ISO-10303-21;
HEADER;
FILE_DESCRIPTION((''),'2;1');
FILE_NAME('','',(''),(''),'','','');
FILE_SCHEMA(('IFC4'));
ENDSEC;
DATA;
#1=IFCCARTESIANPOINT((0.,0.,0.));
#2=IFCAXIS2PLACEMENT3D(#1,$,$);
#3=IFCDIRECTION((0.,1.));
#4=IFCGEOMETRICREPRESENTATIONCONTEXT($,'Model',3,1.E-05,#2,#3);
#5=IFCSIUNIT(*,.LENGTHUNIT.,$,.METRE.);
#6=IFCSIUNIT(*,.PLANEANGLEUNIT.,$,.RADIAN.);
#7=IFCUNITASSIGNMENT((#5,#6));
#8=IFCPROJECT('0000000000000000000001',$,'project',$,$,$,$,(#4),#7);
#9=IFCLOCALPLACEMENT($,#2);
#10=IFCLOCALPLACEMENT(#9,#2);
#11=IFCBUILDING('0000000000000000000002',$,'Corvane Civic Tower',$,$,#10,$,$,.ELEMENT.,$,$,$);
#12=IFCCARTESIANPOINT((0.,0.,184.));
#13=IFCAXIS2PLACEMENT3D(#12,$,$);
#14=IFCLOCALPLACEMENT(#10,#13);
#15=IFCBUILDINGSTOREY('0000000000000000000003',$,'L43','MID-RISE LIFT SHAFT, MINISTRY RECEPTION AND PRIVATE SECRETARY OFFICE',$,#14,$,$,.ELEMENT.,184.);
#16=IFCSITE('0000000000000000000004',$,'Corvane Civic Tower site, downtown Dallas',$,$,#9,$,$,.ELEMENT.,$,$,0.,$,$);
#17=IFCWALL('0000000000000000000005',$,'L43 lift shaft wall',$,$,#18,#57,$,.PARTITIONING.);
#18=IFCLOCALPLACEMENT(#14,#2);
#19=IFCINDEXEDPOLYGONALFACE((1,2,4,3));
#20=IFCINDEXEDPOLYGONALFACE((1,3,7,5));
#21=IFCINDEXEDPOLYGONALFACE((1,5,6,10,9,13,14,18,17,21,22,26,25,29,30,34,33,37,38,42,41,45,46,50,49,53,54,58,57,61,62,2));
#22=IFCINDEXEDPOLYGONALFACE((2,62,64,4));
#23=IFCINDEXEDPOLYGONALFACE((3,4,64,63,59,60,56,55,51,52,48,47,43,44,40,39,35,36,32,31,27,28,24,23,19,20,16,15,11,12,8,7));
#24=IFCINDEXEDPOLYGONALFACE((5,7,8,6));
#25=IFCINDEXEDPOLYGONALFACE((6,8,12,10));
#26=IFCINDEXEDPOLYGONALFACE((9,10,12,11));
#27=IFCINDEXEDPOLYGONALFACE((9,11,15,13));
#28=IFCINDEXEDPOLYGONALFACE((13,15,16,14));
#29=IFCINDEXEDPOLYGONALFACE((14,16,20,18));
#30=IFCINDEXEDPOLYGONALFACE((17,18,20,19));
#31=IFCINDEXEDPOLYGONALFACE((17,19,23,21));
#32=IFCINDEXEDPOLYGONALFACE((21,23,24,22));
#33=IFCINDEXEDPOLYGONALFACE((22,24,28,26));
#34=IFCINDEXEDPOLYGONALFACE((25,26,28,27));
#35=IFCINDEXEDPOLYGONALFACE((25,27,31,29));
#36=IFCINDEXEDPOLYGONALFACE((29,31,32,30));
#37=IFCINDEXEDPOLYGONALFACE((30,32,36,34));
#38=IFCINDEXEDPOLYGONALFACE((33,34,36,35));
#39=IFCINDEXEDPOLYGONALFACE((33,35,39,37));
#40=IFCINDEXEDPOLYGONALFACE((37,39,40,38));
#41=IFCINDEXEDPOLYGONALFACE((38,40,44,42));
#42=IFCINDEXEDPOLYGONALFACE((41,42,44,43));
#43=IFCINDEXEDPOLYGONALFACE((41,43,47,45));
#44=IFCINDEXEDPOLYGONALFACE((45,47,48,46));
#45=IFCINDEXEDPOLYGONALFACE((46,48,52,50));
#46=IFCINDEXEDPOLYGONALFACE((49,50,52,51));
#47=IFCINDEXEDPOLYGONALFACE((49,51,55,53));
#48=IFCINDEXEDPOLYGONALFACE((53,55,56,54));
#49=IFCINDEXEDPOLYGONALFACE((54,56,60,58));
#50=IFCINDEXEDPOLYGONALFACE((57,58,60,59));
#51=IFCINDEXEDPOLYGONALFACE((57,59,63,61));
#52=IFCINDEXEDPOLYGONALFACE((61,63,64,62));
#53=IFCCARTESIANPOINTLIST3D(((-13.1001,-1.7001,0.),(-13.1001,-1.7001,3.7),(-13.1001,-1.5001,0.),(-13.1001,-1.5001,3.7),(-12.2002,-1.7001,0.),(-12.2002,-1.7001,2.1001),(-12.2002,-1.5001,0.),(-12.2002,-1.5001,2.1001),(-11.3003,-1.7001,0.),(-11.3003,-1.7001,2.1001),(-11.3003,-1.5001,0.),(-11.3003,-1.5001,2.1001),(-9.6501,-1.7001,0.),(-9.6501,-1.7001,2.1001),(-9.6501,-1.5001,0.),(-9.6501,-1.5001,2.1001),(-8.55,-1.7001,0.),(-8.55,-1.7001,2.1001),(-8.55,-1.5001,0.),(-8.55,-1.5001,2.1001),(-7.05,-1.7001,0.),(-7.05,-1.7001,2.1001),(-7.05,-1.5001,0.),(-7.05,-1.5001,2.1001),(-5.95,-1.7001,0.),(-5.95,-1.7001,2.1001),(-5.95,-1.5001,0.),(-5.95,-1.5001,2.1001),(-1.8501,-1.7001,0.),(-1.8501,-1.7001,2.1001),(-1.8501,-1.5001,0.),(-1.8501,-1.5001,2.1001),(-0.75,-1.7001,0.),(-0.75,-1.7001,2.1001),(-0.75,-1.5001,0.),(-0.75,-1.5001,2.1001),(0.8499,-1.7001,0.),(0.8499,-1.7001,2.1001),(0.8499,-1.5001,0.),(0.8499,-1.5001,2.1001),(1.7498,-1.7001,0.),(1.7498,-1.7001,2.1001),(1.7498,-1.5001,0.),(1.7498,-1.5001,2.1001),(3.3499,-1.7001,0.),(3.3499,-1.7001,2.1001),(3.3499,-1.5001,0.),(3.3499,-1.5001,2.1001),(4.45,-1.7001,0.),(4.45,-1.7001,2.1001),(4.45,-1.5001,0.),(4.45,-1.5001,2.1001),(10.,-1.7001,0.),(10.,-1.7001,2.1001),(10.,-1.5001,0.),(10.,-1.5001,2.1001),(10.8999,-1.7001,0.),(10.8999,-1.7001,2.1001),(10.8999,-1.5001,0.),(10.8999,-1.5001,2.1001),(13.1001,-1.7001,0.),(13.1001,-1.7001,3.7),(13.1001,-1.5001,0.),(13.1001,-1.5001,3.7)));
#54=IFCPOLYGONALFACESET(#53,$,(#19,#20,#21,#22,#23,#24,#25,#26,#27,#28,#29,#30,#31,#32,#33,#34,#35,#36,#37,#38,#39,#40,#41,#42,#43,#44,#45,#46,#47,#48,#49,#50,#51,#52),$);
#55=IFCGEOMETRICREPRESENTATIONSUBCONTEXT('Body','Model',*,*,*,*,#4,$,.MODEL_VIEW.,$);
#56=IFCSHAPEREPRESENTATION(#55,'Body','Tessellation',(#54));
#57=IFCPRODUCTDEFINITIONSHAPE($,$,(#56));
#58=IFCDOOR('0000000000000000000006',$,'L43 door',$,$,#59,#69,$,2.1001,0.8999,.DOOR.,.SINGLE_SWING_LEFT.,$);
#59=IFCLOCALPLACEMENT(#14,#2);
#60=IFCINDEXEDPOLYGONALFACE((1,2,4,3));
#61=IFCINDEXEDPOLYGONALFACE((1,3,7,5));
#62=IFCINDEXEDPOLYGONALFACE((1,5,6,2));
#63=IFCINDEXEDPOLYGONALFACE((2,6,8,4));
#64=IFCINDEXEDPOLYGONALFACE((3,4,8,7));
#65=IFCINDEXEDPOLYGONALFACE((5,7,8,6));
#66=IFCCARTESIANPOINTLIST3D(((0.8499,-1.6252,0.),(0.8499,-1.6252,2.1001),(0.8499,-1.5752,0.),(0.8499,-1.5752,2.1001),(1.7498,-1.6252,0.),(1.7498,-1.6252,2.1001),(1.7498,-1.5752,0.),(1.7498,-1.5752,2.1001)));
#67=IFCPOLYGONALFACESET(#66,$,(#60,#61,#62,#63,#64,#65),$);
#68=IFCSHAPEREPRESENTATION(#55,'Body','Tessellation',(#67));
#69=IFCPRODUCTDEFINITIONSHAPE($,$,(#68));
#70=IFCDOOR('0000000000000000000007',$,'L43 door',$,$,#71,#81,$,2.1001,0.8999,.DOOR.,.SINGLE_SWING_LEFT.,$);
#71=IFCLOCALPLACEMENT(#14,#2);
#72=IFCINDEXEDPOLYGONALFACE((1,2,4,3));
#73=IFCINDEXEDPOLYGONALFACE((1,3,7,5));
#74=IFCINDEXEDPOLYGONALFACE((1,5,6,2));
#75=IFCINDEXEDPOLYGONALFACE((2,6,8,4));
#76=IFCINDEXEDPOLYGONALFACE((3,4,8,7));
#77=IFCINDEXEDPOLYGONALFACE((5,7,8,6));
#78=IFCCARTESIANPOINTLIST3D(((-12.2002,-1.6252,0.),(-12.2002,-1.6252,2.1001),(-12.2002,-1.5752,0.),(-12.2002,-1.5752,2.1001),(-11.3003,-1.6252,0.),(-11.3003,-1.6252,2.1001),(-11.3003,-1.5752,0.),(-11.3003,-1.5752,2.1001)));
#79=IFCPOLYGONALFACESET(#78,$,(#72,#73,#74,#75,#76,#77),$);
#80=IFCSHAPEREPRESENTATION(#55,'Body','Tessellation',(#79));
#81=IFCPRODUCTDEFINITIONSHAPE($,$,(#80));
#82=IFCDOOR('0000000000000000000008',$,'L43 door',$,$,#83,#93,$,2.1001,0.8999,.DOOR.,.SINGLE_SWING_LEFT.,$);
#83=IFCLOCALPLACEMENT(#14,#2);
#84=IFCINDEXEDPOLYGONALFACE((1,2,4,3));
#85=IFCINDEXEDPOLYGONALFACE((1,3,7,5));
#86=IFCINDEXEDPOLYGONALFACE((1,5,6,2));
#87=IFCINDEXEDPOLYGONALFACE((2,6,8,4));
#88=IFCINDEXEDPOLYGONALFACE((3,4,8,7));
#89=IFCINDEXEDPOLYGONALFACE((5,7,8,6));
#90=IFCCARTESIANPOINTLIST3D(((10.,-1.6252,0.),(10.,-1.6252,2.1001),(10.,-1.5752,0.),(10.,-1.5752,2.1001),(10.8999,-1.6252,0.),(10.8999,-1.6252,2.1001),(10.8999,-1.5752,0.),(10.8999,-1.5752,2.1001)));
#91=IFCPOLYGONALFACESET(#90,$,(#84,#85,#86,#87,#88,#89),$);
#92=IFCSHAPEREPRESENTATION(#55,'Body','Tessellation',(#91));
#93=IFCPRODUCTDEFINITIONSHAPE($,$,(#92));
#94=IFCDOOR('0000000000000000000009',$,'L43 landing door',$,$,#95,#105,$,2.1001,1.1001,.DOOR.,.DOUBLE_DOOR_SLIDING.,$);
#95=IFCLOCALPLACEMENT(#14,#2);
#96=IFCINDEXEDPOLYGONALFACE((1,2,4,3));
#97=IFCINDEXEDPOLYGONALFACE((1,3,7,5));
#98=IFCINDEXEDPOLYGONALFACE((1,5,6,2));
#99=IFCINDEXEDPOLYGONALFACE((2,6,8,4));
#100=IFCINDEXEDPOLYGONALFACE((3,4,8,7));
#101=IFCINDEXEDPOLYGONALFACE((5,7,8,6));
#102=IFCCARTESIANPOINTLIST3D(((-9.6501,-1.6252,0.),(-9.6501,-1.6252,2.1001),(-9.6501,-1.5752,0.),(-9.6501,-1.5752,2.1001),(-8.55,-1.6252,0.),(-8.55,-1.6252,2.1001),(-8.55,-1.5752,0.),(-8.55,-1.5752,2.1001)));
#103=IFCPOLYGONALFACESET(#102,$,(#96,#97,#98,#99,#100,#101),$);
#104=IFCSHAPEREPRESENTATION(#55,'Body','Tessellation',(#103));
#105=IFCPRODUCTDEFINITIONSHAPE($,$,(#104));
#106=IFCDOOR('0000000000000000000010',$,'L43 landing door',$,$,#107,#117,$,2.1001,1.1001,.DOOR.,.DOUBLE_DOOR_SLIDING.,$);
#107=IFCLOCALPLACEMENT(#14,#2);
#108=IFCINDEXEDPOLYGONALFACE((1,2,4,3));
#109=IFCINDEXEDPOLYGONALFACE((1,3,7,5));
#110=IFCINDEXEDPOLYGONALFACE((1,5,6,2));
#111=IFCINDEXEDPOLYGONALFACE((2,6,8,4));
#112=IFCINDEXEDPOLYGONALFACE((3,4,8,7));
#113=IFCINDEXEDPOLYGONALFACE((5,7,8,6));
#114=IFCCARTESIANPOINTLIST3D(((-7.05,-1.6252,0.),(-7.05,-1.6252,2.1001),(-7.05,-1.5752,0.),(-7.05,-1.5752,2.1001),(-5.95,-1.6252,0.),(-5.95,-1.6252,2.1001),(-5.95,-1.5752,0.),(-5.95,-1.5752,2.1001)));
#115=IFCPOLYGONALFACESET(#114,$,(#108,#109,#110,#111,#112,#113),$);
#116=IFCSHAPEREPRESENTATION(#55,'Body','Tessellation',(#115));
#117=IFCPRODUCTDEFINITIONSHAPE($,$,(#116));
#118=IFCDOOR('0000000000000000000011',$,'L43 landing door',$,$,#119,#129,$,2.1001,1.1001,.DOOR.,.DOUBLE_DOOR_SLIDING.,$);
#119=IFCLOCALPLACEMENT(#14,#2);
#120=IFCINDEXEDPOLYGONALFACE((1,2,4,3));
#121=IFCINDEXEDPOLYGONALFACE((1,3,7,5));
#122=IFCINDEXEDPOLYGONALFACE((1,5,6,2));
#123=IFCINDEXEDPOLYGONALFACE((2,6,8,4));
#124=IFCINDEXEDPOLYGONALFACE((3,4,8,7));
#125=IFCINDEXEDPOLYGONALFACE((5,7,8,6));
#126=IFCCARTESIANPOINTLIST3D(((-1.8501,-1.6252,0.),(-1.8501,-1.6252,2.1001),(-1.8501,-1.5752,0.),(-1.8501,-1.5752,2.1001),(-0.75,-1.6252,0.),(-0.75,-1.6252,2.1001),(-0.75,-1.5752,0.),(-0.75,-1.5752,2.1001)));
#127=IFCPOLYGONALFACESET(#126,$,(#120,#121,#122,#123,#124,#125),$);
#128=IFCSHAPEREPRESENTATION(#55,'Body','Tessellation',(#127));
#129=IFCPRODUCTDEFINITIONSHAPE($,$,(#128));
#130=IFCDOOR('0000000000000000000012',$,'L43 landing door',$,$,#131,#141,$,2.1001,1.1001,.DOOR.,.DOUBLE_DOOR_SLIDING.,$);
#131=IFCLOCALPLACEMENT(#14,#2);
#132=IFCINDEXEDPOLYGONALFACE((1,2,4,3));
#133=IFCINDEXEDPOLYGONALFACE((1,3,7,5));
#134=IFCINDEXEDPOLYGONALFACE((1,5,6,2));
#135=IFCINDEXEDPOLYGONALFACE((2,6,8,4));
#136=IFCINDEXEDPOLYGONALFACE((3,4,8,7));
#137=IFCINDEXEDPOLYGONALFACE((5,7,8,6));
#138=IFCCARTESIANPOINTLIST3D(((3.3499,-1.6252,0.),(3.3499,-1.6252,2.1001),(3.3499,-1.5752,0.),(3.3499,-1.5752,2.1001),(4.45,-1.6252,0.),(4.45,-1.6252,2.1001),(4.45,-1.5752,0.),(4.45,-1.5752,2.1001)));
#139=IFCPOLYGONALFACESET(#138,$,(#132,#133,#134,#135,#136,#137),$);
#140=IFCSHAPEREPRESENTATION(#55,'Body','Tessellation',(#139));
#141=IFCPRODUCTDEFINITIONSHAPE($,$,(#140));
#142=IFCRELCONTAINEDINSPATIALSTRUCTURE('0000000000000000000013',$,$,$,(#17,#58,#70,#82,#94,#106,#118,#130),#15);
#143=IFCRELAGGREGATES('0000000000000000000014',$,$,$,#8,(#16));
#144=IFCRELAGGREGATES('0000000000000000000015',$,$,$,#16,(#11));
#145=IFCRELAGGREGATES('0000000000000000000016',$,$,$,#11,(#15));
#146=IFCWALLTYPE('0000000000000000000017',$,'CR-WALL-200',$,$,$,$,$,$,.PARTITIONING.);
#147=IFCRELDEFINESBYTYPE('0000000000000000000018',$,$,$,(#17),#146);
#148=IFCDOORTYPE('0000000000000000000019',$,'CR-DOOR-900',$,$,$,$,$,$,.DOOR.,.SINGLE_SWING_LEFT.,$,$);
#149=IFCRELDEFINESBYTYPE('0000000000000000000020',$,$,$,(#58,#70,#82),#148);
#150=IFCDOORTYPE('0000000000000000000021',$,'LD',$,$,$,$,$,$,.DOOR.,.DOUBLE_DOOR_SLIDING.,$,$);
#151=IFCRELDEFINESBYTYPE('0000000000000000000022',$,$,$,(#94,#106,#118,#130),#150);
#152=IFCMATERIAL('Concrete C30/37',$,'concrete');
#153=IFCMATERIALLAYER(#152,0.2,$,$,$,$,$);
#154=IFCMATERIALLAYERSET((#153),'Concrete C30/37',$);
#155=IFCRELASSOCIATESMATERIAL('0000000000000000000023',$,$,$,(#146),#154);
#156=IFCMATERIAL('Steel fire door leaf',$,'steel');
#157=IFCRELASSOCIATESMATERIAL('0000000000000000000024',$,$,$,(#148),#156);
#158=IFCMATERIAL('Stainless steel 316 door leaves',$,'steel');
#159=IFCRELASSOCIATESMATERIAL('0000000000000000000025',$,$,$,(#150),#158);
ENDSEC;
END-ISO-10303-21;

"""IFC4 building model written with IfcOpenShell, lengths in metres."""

from ifc_helpers import new_model, si_unit, direction, frame, frame_2d, origin, place, context, subcontext, project, spatial, rectangle, extrude, material, layer, layer_set, type_object, element, fill, save


model = new_model("IFC4")

# Units and contexts
model_context = context("Model", 3, precision=1e-05, world=origin(), true_north=direction((0.0, 1.0)))
body_context = subcontext(model_context, "Body", "Model", "MODEL_VIEW")
ifc_project = project(units=[si_unit("LENGTHUNIT", "METRE"), si_unit("PLANEANGLEUNIT", "RADIAN")], contexts=[model_context])

# Site, building, storey
site_placement = place(None, origin())
site = spatial("IfcSite", under=ifc_project, at=site_placement, Name="Corvane Civic Tower site, downtown Dallas", CompositionType="ELEMENT", RefElevation=0.0)
building_placement = place(site_placement, origin())
building = spatial("IfcBuilding", under=site, at=building_placement, Name="Corvane Civic Tower", CompositionType="ELEMENT")
storey_placement = place(building_placement, frame((0.0, 0.0, 184.0)))
storey = spatial("IfcBuildingStorey", under=building, at=storey_placement, Name="L43", Description="MID-RISE LIFT SHAFT, MINISTRY RECEPTION AND PRIVATE SECRETARY OFFICE", CompositionType="ELEMENT", Elevation=184.0)

# Shared definitions
ifc_material_1 = material(Name="Concrete C30/37", Category="concrete")
ifc_layer_1 = layer(ifc_material_1, 0.2)
ifc_layer_set_1 = layer_set([ifc_layer_1], Name="Concrete C30/37")
wall_type_1 = type_object("IfcWallType", Name="CR-WALL-200", PredefinedType="PARTITIONING", material=ifc_layer_set_1)
ifc_material_2 = material(Name="Steel fire door leaf", Category="steel")
door_type_1 = type_object("IfcDoorType", Name="CR-DOOR-900", OperationType="SINGLE_SWING_LEFT", PredefinedType="DOOR", material=ifc_material_2)

# Wall, openings, doors
wall_1_placement = place(storey_placement, frame((-13.1001, -1.6001, 0.0), z_axis=(0.0, 0.0, 1.0), x_axis=(1.0, 0.0, 0.0)))
wall_1 = element("IfcWall", 1, at=wall_1_placement, inside=storey, type_object=wall_type_1, Name="L43 lift shaft wall", PredefinedType="PARTITIONING", context=body_context, shape_type="SweptSolid", body=[
    extrude(rectangle(XDim=26.2002, YDim=0.2, at=frame_2d((13.1001, 0.0))), origin(), (0.0, 0.0, 1.0), 3.7),
])
opening_1_placement = place(wall_1_placement, frame((3.45, 0.0, 0.0)))
opening_1 = element("IfcOpeningElement", 2, at=opening_1_placement, cuts=wall_1, PredefinedType="OPENING", context=body_context, shape_type="SweptSolid", body=[
    extrude(rectangle(XDim=1.1001, YDim=2.1001, at=frame_2d((0.55, 1.05))), frame((0.0, 0.1099, 0.0), z_axis=(0.0, -1.0, 0.0), x_axis=(1.0, 0.0, 0.0)), (0.0, 0.0, 1.0), 0.22),
])
opening_2_placement = place(wall_1_placement, frame((6.05, 0.0, 0.0)))
opening_2 = element("IfcOpeningElement", 3, at=opening_2_placement, cuts=wall_1, PredefinedType="OPENING", context=body_context, shape_type="SweptSolid", body=[
    extrude(rectangle(XDim=1.1001, YDim=2.1001, at=frame_2d((0.55, 1.05))), frame((0.0, 0.1099, 0.0), z_axis=(0.0, -1.0, 0.0), x_axis=(1.0, 0.0, 0.0)), (0.0, 0.0, 1.0), 0.22),
])
opening_3_placement = place(wall_1_placement, frame((11.25, 0.0, 0.0)))
opening_3 = element("IfcOpeningElement", 4, at=opening_3_placement, cuts=wall_1, PredefinedType="OPENING", context=body_context, shape_type="SweptSolid", body=[
    extrude(rectangle(XDim=1.1001, YDim=2.1001, at=frame_2d((0.55, 1.05))), frame((0.0, 0.1099, 0.0), z_axis=(0.0, -1.0, 0.0), x_axis=(1.0, 0.0, 0.0)), (0.0, 0.0, 1.0), 0.22),
])
opening_4_placement = place(wall_1_placement, frame((13.95, 0.0, 0.0)))
opening_4 = element("IfcOpeningElement", 5, at=opening_4_placement, cuts=wall_1, PredefinedType="OPENING", context=body_context, shape_type="SweptSolid", body=[
    extrude(rectangle(XDim=0.8999, YDim=2.1001, at=frame_2d((0.45, 1.05))), frame((0.0, 0.1099, 0.0), z_axis=(0.0, -1.0, 0.0), x_axis=(1.0, 0.0, 0.0)), (0.0, 0.0, 1.0), 0.22),
])
opening_5_placement = place(wall_1_placement, frame((16.45, 0.0, 0.0)))
opening_5 = element("IfcOpeningElement", 6, at=opening_5_placement, cuts=wall_1, PredefinedType="OPENING", context=body_context, shape_type="SweptSolid", body=[
    extrude(rectangle(XDim=1.1001, YDim=2.1001, at=frame_2d((0.55, 1.05))), frame((0.0, 0.1099, 0.0), z_axis=(0.0, -1.0, 0.0), x_axis=(1.0, 0.0, 0.0)), (0.0, 0.0, 1.0), 0.22),
])
opening_6_placement = place(wall_1_placement, frame((0.8999, 0.0, 0.0)))
opening_6 = element("IfcOpeningElement", 7, at=opening_6_placement, cuts=wall_1, PredefinedType="OPENING", context=body_context, shape_type="SweptSolid", body=[
    extrude(rectangle(XDim=0.8999, YDim=2.1001, at=frame_2d((0.45, 1.05))), frame((0.0, 0.1099, 0.0), z_axis=(0.0, -1.0, 0.0), x_axis=(1.0, 0.0, 0.0)), (0.0, 0.0, 1.0), 0.22),
])
opening_7_placement = place(wall_1_placement, frame((23.1001, 0.0, 0.0)))
opening_7 = element("IfcOpeningElement", 8, at=opening_7_placement, cuts=wall_1, PredefinedType="OPENING", context=body_context, shape_type="SweptSolid", body=[
    extrude(rectangle(XDim=0.8999, YDim=2.1001, at=frame_2d((0.45, 1.05))), frame((0.0, 0.1099, 0.0), z_axis=(0.0, -1.0, 0.0), x_axis=(1.0, 0.0, 0.0)), (0.0, 0.0, 1.0), 0.22),
])
door_1_placement = place(opening_4_placement, origin())
door_1 = element("IfcDoor", 9, at=door_1_placement, inside=storey, type_object=door_type_1, Name="L43 door", OperationType="SINGLE_SWING_LEFT", OverallHeight=2.1001, OverallWidth=0.8999, PredefinedType="DOOR", context=body_context, shape_type="SweptSolid", body=[
    extrude(rectangle(XDim=0.8999, YDim=2.1001, at=frame_2d((0.45, 1.05))), frame((0.0, 0.0249, 0.0), z_axis=(0.0, -1.0, 0.0), x_axis=(1.0, 0.0, 0.0)), (0.0, 0.0, 1.0), 0.05),
])
fill(opening_4, door_1)
door_2_placement = place(opening_6_placement, origin())
door_2 = element("IfcDoor", 10, at=door_2_placement, inside=storey, type_object=door_type_1, Name="L43 door", OperationType="SINGLE_SWING_LEFT", OverallHeight=2.1001, OverallWidth=0.8999, PredefinedType="DOOR", context=body_context, shape_type="SweptSolid", body=[
    extrude(rectangle(XDim=0.8999, YDim=2.1001, at=frame_2d((0.45, 1.05))), frame((0.0, 0.0249, 0.0), z_axis=(0.0, -1.0, 0.0), x_axis=(1.0, 0.0, 0.0)), (0.0, 0.0, 1.0), 0.05),
])
fill(opening_6, door_2)
door_3_placement = place(opening_7_placement, origin())
door_3 = element("IfcDoor", 11, at=door_3_placement, inside=storey, type_object=door_type_1, Name="L43 door", OperationType="SINGLE_SWING_LEFT", OverallHeight=2.1001, OverallWidth=0.8999, PredefinedType="DOOR", context=body_context, shape_type="SweptSolid", body=[
    extrude(rectangle(XDim=0.8999, YDim=2.1001, at=frame_2d((0.45, 1.05))), frame((0.0, 0.0249, 0.0), z_axis=(0.0, -1.0, 0.0), x_axis=(1.0, 0.0, 0.0)), (0.0, 0.0, 1.0), 0.05),
])
fill(opening_7, door_3)
ifc_material_3 = material(Name="Stainless steel 316 door leaves", Category="steel")
door_type_2 = type_object("IfcDoorType", Name="LD", OperationType="DOUBLE_DOOR_SLIDING", PredefinedType="DOOR", material=ifc_material_3)
door_4_placement = place(opening_1_placement, origin())
door_4 = element("IfcDoor", 12, at=door_4_placement, inside=storey, type_object=door_type_2, Name="L43 landing door", OperationType="DOUBLE_DOOR_SLIDING", OverallHeight=2.1001, OverallWidth=1.1001, PredefinedType="DOOR", context=body_context, shape_type="SweptSolid", body=[
    extrude(rectangle(XDim=1.1001, YDim=2.1001, at=frame_2d((0.55, 1.05))), frame((0.0, 0.0249, 0.0), z_axis=(0.0, -1.0, 0.0), x_axis=(1.0, 0.0, 0.0)), (0.0, 0.0, 1.0), 0.05),
])
fill(opening_1, door_4)
door_5_placement = place(opening_2_placement, origin())
door_5 = element("IfcDoor", 13, at=door_5_placement, inside=storey, type_object=door_type_2, Name="L43 landing door", OperationType="DOUBLE_DOOR_SLIDING", OverallHeight=2.1001, OverallWidth=1.1001, PredefinedType="DOOR", context=body_context, shape_type="SweptSolid", body=[
    extrude(rectangle(XDim=1.1001, YDim=2.1001, at=frame_2d((0.55, 1.05))), frame((0.0, 0.0249, 0.0), z_axis=(0.0, -1.0, 0.0), x_axis=(1.0, 0.0, 0.0)), (0.0, 0.0, 1.0), 0.05),
])
fill(opening_2, door_5)
door_6_placement = place(opening_3_placement, origin())
door_6 = element("IfcDoor", 14, at=door_6_placement, inside=storey, type_object=door_type_2, Name="L43 landing door", OperationType="DOUBLE_DOOR_SLIDING", OverallHeight=2.1001, OverallWidth=1.1001, PredefinedType="DOOR", context=body_context, shape_type="SweptSolid", body=[
    extrude(rectangle(XDim=1.1001, YDim=2.1001, at=frame_2d((0.55, 1.05))), frame((0.0, 0.0249, 0.0), z_axis=(0.0, -1.0, 0.0), x_axis=(1.0, 0.0, 0.0)), (0.0, 0.0, 1.0), 0.05),
])
fill(opening_3, door_6)
door_7_placement = place(opening_5_placement, origin())
door_7 = element("IfcDoor", 15, at=door_7_placement, inside=storey, type_object=door_type_2, Name="L43 landing door", OperationType="DOUBLE_DOOR_SLIDING", OverallHeight=2.1001, OverallWidth=1.1001, PredefinedType="DOOR", context=body_context, shape_type="SweptSolid", body=[
    extrude(rectangle(XDim=1.1001, YDim=2.1001, at=frame_2d((0.55, 1.05))), frame((0.0, 0.0249, 0.0), z_axis=(0.0, -1.0, 0.0), x_axis=(1.0, 0.0, 0.0)), (0.0, 0.0, 1.0), 0.05),
])
fill(opening_5, door_7)

save(model, "model.ifc")
